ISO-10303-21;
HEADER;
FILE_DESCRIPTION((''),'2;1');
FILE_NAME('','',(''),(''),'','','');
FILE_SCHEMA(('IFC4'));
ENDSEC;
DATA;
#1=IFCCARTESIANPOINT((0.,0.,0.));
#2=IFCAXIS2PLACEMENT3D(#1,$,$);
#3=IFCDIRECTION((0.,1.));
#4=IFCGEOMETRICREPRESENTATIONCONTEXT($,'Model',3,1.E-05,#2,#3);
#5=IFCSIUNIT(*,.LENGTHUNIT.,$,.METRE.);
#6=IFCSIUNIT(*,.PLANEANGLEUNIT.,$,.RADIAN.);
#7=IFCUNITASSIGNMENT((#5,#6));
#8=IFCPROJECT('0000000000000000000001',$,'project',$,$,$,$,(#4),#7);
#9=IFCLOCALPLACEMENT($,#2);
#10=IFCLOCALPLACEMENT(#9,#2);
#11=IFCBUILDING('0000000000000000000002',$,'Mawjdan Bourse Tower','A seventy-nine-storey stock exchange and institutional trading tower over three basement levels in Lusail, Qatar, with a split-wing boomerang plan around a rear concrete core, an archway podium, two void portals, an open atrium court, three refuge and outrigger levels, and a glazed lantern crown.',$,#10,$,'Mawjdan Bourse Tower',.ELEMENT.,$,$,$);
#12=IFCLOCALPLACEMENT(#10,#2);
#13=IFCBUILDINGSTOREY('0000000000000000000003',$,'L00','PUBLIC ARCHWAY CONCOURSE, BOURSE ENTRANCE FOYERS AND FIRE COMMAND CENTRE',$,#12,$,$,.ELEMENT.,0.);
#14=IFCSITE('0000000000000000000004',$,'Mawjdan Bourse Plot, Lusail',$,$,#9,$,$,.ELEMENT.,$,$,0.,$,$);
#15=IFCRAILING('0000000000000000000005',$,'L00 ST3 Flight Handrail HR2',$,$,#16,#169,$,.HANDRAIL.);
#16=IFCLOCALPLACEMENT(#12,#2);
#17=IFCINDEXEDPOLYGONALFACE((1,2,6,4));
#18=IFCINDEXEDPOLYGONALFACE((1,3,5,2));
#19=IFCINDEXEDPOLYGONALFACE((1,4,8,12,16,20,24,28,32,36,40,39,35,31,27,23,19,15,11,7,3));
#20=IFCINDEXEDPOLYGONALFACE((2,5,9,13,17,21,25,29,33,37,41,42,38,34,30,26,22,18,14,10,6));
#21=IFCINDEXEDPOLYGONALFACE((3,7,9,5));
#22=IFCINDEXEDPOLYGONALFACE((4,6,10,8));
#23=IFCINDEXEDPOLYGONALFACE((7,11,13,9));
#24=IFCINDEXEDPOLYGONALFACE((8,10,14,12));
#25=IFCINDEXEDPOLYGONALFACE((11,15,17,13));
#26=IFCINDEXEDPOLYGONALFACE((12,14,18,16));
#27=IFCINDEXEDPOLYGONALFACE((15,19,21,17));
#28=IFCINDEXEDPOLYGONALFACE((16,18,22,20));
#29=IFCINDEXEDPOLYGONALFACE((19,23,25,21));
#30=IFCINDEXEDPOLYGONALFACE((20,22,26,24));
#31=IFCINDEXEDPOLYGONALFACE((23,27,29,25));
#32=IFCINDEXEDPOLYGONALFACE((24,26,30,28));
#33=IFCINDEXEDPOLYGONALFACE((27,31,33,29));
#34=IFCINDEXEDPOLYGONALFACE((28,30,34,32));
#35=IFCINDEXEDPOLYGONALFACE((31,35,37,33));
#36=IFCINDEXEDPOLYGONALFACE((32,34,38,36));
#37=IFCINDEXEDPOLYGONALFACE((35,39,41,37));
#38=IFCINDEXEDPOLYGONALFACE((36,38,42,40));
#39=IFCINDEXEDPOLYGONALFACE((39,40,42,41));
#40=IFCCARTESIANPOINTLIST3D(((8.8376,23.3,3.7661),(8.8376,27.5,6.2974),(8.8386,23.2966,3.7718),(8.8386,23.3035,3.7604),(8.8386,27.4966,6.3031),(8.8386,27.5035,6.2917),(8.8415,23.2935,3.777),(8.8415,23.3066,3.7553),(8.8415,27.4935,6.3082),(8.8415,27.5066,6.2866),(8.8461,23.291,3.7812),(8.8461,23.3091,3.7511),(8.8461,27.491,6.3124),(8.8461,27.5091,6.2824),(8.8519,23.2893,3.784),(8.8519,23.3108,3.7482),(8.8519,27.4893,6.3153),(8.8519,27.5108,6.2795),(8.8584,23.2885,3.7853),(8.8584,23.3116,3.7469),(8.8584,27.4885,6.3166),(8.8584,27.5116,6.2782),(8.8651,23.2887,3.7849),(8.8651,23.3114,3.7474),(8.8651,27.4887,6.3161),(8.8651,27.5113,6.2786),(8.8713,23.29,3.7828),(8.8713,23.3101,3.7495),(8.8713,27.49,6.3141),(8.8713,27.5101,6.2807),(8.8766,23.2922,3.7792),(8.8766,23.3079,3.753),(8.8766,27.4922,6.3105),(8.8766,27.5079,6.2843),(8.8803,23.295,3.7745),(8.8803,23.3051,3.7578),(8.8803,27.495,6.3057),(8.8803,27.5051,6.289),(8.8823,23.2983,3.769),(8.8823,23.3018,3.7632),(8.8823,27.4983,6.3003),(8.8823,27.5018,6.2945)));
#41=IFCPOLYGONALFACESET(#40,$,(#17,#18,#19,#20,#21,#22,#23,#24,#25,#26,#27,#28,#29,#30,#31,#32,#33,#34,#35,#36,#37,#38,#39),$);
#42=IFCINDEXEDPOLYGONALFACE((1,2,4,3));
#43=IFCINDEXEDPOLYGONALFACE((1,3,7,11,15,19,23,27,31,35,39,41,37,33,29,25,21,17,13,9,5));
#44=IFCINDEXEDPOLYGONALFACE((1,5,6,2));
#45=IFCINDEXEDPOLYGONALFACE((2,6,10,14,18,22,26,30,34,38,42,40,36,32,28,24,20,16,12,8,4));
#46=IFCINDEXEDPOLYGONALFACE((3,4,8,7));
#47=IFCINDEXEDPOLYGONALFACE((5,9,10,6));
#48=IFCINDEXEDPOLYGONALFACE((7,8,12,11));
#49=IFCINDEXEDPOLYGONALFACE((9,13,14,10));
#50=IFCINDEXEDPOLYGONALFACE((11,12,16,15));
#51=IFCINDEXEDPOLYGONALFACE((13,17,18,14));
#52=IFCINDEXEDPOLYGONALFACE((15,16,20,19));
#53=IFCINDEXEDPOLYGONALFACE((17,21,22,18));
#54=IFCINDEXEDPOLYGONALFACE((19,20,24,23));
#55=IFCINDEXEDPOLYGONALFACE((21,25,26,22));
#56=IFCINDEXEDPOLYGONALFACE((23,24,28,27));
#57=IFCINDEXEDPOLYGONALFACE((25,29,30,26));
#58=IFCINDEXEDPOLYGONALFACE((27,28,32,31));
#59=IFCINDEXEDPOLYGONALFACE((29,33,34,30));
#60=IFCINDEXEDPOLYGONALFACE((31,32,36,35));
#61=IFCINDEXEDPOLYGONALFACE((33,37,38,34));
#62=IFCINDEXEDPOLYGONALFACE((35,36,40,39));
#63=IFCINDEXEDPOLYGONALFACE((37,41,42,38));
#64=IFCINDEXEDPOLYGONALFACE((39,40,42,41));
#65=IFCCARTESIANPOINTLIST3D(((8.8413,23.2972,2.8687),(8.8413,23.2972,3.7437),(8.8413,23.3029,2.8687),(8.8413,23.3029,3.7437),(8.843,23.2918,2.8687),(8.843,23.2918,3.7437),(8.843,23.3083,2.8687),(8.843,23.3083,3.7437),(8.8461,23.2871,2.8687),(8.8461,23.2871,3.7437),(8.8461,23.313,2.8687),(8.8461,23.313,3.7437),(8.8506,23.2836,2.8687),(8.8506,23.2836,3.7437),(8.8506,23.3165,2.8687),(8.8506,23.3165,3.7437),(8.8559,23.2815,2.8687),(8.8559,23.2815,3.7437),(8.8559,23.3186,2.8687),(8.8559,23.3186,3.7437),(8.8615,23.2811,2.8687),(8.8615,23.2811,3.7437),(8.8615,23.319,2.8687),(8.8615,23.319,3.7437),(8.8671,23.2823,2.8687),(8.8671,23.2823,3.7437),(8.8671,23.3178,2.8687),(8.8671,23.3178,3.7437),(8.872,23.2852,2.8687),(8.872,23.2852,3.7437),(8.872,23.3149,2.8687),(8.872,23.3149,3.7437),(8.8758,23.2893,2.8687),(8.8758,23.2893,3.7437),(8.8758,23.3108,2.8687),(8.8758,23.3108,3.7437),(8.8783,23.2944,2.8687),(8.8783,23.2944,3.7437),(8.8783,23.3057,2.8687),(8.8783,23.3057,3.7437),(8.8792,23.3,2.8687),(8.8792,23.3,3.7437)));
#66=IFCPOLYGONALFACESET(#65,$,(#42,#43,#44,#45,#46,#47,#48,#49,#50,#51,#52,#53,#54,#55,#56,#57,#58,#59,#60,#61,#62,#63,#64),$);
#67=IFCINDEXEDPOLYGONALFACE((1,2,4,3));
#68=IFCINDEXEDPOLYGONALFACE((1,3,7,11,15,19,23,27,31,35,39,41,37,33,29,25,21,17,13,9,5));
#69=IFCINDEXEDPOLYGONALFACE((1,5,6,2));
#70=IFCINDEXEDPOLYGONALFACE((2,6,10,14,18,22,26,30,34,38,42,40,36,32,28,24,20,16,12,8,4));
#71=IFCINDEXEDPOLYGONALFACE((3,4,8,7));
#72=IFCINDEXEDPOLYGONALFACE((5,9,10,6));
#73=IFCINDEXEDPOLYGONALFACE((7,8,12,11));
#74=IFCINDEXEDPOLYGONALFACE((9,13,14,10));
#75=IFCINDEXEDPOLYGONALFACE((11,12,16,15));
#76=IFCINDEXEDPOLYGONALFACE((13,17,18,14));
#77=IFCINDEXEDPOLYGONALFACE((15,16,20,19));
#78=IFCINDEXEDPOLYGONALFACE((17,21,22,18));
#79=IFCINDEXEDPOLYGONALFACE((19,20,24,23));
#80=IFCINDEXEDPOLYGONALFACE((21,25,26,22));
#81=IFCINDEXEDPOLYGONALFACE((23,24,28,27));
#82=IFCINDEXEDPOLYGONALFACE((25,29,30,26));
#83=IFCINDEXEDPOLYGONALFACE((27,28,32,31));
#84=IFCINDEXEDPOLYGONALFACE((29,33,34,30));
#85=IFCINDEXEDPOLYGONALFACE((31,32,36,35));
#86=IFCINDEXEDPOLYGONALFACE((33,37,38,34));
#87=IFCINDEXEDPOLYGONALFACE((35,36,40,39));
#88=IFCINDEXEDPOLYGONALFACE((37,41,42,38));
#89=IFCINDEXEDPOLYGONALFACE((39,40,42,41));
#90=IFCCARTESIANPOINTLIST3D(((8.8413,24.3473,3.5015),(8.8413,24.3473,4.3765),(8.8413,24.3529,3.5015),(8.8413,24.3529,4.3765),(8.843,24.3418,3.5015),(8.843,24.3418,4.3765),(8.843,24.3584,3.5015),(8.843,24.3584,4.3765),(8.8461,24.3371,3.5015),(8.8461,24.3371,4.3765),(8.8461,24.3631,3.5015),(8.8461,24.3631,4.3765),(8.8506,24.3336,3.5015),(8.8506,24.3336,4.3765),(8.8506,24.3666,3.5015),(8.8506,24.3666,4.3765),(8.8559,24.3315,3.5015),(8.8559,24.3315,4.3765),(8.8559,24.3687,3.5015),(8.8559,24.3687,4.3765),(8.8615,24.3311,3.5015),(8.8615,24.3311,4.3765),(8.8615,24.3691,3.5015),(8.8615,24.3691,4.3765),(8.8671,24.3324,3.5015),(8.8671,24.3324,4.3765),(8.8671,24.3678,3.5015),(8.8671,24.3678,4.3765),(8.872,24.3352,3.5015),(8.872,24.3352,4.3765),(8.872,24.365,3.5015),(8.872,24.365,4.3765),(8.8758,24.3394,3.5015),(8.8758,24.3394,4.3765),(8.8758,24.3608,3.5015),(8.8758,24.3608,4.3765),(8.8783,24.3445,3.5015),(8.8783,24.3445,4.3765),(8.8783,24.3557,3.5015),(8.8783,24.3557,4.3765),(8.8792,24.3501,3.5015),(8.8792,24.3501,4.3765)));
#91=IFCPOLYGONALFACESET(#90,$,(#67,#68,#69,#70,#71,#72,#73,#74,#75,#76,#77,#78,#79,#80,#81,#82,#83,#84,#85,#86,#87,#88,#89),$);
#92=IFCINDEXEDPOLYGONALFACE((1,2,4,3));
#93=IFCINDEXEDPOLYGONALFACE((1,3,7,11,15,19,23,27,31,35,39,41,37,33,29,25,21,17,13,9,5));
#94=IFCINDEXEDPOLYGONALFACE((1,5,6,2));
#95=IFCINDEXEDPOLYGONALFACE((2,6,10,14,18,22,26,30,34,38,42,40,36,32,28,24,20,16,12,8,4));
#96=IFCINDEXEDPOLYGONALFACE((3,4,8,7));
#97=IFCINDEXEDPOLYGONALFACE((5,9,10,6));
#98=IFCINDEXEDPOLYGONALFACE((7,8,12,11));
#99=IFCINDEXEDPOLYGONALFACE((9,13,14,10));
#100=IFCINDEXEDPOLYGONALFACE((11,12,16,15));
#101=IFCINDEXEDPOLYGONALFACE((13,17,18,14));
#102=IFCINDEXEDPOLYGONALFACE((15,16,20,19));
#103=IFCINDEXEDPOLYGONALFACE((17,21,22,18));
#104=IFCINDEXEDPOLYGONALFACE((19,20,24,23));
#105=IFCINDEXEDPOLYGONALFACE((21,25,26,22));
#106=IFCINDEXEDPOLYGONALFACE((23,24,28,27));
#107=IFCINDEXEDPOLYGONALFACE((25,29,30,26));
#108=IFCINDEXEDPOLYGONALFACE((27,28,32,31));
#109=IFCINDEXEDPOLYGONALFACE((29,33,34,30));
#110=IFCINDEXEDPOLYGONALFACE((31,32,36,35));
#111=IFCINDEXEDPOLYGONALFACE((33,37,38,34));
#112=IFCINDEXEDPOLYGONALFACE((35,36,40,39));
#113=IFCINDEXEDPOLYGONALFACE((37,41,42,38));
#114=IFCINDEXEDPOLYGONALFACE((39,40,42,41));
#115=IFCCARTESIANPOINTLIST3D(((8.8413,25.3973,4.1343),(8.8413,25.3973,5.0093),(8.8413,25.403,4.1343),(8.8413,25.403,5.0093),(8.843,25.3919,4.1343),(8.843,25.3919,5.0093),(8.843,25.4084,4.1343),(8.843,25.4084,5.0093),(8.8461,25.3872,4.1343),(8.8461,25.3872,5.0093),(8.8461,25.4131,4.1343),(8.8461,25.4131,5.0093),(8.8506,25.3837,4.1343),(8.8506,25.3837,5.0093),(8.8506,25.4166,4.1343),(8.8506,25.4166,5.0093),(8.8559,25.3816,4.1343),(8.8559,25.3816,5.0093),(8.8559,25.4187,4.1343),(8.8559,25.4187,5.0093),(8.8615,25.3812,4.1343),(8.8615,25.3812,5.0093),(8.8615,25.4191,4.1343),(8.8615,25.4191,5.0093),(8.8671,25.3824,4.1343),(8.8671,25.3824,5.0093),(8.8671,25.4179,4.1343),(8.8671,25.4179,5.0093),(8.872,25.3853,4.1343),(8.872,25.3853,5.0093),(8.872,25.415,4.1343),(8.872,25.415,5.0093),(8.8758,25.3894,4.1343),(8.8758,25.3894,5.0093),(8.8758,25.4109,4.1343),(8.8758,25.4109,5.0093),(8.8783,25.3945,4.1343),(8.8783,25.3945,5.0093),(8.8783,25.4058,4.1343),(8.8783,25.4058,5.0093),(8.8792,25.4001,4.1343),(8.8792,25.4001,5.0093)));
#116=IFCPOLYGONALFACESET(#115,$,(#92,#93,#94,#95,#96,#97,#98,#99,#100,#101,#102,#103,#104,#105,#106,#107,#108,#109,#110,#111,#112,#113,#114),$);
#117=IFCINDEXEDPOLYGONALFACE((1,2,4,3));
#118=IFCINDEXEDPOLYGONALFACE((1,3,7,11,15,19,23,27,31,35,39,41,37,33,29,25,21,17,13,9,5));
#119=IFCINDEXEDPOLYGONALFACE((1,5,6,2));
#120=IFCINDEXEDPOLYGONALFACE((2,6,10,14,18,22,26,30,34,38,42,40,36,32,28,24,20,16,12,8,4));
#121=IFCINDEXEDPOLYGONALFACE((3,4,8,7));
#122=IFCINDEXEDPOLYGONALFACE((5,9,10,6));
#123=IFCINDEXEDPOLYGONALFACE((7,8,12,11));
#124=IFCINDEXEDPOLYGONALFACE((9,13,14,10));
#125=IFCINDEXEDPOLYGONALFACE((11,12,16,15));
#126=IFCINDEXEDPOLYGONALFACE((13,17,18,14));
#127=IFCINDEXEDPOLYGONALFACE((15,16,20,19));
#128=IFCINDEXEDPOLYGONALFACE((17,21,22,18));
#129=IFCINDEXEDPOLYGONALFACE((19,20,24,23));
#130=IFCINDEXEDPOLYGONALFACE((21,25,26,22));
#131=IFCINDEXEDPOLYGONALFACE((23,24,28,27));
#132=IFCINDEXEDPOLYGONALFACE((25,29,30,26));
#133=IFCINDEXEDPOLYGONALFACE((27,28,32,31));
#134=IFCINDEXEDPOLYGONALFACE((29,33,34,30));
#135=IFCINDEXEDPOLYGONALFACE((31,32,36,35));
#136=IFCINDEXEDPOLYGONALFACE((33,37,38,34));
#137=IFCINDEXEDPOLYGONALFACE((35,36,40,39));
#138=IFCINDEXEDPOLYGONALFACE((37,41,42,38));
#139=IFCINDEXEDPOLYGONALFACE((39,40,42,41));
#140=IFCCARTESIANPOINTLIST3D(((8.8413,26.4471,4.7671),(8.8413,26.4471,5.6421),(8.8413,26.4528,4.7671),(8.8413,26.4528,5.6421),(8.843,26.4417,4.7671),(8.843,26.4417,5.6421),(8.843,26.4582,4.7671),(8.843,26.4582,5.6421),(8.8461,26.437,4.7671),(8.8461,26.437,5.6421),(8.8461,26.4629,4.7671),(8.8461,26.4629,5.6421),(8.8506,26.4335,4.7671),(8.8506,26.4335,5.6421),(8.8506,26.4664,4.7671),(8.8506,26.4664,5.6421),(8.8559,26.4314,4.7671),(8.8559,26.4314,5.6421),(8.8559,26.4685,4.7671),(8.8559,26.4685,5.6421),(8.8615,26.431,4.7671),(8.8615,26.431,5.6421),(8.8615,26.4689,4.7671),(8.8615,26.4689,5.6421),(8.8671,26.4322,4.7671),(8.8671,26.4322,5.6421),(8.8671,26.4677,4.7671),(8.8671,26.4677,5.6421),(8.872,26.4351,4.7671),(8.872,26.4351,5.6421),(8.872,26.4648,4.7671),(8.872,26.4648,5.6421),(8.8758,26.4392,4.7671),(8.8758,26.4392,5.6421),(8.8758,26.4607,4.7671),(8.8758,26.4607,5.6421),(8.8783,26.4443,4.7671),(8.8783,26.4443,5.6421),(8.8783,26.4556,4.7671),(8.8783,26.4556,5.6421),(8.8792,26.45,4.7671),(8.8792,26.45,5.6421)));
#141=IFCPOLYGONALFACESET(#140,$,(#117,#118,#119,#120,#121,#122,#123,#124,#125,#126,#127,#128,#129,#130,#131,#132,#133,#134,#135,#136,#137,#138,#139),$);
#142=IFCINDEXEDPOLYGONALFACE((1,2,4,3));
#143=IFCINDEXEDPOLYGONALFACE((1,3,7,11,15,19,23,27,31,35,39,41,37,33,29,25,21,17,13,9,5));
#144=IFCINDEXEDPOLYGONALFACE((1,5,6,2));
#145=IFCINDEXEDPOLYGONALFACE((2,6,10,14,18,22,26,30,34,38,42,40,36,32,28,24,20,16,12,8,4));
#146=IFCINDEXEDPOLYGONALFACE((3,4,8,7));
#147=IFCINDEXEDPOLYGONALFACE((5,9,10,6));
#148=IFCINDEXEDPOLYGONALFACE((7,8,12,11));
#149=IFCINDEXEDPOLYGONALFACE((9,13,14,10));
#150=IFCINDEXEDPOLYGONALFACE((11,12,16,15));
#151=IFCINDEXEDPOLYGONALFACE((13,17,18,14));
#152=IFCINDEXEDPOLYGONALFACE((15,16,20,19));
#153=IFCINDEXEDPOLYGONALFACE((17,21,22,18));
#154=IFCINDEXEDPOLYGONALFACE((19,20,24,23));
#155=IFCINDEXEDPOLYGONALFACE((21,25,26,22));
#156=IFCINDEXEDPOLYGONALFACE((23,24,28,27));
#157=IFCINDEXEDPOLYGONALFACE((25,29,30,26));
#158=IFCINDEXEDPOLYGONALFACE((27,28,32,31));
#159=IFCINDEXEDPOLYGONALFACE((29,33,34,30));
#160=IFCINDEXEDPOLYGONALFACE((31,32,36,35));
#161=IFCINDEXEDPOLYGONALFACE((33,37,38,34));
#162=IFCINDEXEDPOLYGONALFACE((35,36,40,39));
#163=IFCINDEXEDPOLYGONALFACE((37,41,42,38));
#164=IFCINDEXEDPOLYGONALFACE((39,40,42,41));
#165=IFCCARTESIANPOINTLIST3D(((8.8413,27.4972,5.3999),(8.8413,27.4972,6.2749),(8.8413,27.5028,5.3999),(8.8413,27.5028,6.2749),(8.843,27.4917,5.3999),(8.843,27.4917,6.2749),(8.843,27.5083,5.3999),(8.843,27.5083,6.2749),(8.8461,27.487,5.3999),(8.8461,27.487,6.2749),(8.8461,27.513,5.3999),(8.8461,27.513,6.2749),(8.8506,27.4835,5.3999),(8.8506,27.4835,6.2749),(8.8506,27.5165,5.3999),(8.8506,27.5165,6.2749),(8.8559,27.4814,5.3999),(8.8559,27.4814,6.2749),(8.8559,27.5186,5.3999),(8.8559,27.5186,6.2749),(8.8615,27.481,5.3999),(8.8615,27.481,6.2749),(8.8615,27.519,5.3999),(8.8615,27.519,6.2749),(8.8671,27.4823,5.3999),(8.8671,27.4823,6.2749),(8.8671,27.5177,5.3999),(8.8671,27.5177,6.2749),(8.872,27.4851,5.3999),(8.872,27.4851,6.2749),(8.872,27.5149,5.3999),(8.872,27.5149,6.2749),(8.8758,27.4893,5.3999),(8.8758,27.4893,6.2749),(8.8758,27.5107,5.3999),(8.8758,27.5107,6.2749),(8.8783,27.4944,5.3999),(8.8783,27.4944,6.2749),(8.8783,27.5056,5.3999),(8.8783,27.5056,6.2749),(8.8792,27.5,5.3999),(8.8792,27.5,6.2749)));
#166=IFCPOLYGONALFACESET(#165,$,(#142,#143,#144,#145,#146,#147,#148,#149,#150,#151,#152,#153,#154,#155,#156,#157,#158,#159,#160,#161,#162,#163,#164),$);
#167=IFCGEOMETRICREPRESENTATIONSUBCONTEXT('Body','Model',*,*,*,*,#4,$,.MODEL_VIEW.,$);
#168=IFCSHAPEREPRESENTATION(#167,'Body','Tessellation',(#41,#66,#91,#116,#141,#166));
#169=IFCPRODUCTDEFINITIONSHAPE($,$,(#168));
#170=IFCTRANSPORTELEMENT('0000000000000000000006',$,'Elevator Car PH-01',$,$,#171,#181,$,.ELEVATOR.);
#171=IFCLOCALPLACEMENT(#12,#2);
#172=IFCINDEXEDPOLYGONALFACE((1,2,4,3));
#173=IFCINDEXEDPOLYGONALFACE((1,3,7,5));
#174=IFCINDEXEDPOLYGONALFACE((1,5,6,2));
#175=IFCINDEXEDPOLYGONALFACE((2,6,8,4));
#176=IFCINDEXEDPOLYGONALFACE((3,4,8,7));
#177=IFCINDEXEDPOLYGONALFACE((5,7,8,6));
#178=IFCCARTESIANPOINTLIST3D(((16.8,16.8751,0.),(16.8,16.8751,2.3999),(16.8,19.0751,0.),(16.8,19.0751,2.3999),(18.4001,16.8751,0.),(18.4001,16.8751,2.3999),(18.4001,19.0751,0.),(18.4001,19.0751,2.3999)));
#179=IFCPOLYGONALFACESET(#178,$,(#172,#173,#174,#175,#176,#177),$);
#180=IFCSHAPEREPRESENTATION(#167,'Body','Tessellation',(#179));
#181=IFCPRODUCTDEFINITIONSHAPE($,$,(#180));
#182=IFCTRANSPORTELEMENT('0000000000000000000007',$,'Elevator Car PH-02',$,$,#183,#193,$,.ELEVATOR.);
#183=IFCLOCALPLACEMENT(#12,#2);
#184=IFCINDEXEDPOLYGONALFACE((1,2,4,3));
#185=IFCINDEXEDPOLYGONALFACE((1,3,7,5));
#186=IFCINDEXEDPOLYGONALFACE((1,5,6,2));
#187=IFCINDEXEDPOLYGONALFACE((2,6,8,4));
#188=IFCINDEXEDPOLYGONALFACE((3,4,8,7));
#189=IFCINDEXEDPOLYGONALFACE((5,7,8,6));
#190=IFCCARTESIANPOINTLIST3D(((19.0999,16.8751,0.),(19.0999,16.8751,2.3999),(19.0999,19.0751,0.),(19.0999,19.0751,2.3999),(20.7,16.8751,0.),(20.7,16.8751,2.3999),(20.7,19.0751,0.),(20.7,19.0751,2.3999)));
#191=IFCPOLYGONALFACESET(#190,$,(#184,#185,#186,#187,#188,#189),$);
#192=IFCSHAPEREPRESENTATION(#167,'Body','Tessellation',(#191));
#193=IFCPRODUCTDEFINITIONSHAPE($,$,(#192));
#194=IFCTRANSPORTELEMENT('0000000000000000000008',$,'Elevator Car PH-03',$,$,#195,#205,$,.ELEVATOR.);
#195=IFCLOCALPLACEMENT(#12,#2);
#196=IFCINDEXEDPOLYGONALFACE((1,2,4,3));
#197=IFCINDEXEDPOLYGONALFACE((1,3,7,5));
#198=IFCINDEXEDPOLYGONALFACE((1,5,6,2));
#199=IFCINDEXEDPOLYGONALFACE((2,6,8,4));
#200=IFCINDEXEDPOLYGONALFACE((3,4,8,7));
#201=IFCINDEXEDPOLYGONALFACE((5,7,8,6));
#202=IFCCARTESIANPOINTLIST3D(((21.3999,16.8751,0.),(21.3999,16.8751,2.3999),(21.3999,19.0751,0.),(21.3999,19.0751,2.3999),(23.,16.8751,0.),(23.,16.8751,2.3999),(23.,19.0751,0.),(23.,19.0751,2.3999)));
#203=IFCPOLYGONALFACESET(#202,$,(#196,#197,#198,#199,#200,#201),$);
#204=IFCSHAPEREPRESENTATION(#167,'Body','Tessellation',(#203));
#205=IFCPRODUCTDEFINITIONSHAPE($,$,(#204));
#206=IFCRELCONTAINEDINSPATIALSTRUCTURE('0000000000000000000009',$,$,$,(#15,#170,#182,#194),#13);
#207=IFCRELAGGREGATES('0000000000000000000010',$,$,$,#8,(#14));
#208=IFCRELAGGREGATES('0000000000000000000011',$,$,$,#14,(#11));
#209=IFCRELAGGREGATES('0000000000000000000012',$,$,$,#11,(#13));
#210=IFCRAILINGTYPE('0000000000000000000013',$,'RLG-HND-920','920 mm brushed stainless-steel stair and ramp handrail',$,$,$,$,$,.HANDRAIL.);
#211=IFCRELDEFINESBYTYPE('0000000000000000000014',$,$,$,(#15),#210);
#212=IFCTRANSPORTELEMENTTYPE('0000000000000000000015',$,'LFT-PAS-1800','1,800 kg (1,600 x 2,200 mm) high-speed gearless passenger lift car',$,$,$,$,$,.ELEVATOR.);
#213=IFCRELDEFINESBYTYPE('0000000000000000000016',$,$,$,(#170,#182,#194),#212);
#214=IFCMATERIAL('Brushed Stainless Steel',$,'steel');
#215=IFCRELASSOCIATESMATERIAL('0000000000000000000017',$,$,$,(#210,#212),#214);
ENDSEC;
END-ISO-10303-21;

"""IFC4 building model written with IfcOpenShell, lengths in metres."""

from ifc_helpers import new_model, si_unit, direction, frame, origin, origin_2d, place, context, subcontext, project, spatial, rectangle, circle, extrude, material, type_object, element, save


model = new_model("IFC4")

# Units and contexts
model_context = context("Model", 3, precision=1e-05, world=origin(), true_north=direction((0.0, 1.0)))
body_context = subcontext(model_context, "Body", "Model", "MODEL_VIEW")
ifc_project = project(units=[si_unit("LENGTHUNIT", "METRE"), si_unit("PLANEANGLEUNIT", "RADIAN")], contexts=[model_context])

# Site, building, storey
site_placement = place(None, origin())
site = spatial("IfcSite", under=ifc_project, at=site_placement, Name="Mawjdan Bourse Plot, Lusail", CompositionType="ELEMENT", RefElevation=0.0)
building_placement = place(site_placement, origin())
building = spatial("IfcBuilding", under=site, at=building_placement, Name="Mawjdan Bourse Tower", Description="A seventy-nine-storey stock exchange and institutional trading tower over three basement levels in Lusail, Qatar, with a split-wing boomerang plan around a rear concrete core, an archway podium, two void portals, an open atrium court, three refuge and outrigger levels, and a glazed lantern crown.", LongName="Mawjdan Bourse Tower", CompositionType="ELEMENT")
storey_placement = place(building_placement, origin())
storey = spatial("IfcBuildingStorey", under=building, at=storey_placement, Name="L00", Description="PUBLIC ARCHWAY CONCOURSE, BOURSE ENTRANCE FOYERS AND FIRE COMMAND CENTRE", CompositionType="ELEMENT", Elevation=0.0)

# Shared definitions
ifc_material_1 = material(Name="Brushed Stainless Steel", Category="steel")

# Railing
railing_type_1 = type_object("IfcRailingType", Name="RLG-HND-920", Description="920 mm brushed stainless-steel stair and ramp handrail", PredefinedType="HANDRAIL", material=ifc_material_1)
railing_1_placement = place(storey_placement, frame((8.8601, 23.3, 2.8687)))
element("IfcRailing", 1, at=railing_1_placement, inside=storey, type_object=railing_type_1, Name="L00 ST3 Flight Handrail HR2", PredefinedType="HANDRAIL", context=body_context, shape_type="SweptSolid", body=[
    extrude(circle(Radius=0.0225, at=origin_2d()), frame((0.0, 0.0, 0.8975), z_axis=(0.0, 0.856476, 0.516186), x_axis=(-1.0, 0.0, 0.0)), (0.0, 0.0, 1.0), 4.9038),
    extrude(circle(Radius=0.019, at=origin_2d()), origin(), (0.0, 0.0, 1.0), 0.875),
    extrude(circle(Radius=0.019, at=origin_2d()), frame((0.0, 1.05, 0.6328)), (0.0, 0.0, 1.0), 0.875),
    extrude(circle(Radius=0.019, at=origin_2d()), frame((0.0, 2.1001, 1.2656)), (0.0, 0.0, 1.0), 0.875),
    extrude(circle(Radius=0.019, at=origin_2d()), frame((0.0, 3.1499, 1.8984)), (0.0, 0.0, 1.0), 0.875),
    extrude(circle(Radius=0.019, at=origin_2d()), frame((0.0, 4.2, 2.5312)), (0.0, 0.0, 1.0), 0.875),
])

# Transport elements
transport_element_type = type_object("IfcTransportElementType", Name="LFT-PAS-1800", Description="1,800 kg (1,600 x 2,200 mm) high-speed gearless passenger lift car", PredefinedType="ELEVATOR", material=ifc_material_1)
for number, where, z_axis, x_axis, name in (
    (2, (17.6001, 17.9751, 0.0), (0.0, 0.0, 1.0), (1.0, 0.0, 0.0), "Elevator Car PH-01"),
    (3, (19.8999, 17.9751, 0.0), (0.0, 0.0, 1.0), (1.0, 0.0, 0.0), "Elevator Car PH-02"),
    (4, (22.2, 17.9751, 0.0), (0.0, 0.0, 1.0), (1.0, 0.0, 0.0), "Elevator Car PH-03"),
):
    element("IfcTransportElement", number, at=place(storey_placement, frame(where, z_axis=z_axis, x_axis=x_axis)), inside=storey, type_object=transport_element_type, Name=name, PredefinedType="ELEVATOR", context=body_context, shape_type="SweptSolid", body=[
        extrude(rectangle(XDim=1.6001, YDim=2.2, at=origin_2d()), origin(), (0.0, 0.0, 1.0), 2.3999),
    ])

save(model, "model.ifc")
